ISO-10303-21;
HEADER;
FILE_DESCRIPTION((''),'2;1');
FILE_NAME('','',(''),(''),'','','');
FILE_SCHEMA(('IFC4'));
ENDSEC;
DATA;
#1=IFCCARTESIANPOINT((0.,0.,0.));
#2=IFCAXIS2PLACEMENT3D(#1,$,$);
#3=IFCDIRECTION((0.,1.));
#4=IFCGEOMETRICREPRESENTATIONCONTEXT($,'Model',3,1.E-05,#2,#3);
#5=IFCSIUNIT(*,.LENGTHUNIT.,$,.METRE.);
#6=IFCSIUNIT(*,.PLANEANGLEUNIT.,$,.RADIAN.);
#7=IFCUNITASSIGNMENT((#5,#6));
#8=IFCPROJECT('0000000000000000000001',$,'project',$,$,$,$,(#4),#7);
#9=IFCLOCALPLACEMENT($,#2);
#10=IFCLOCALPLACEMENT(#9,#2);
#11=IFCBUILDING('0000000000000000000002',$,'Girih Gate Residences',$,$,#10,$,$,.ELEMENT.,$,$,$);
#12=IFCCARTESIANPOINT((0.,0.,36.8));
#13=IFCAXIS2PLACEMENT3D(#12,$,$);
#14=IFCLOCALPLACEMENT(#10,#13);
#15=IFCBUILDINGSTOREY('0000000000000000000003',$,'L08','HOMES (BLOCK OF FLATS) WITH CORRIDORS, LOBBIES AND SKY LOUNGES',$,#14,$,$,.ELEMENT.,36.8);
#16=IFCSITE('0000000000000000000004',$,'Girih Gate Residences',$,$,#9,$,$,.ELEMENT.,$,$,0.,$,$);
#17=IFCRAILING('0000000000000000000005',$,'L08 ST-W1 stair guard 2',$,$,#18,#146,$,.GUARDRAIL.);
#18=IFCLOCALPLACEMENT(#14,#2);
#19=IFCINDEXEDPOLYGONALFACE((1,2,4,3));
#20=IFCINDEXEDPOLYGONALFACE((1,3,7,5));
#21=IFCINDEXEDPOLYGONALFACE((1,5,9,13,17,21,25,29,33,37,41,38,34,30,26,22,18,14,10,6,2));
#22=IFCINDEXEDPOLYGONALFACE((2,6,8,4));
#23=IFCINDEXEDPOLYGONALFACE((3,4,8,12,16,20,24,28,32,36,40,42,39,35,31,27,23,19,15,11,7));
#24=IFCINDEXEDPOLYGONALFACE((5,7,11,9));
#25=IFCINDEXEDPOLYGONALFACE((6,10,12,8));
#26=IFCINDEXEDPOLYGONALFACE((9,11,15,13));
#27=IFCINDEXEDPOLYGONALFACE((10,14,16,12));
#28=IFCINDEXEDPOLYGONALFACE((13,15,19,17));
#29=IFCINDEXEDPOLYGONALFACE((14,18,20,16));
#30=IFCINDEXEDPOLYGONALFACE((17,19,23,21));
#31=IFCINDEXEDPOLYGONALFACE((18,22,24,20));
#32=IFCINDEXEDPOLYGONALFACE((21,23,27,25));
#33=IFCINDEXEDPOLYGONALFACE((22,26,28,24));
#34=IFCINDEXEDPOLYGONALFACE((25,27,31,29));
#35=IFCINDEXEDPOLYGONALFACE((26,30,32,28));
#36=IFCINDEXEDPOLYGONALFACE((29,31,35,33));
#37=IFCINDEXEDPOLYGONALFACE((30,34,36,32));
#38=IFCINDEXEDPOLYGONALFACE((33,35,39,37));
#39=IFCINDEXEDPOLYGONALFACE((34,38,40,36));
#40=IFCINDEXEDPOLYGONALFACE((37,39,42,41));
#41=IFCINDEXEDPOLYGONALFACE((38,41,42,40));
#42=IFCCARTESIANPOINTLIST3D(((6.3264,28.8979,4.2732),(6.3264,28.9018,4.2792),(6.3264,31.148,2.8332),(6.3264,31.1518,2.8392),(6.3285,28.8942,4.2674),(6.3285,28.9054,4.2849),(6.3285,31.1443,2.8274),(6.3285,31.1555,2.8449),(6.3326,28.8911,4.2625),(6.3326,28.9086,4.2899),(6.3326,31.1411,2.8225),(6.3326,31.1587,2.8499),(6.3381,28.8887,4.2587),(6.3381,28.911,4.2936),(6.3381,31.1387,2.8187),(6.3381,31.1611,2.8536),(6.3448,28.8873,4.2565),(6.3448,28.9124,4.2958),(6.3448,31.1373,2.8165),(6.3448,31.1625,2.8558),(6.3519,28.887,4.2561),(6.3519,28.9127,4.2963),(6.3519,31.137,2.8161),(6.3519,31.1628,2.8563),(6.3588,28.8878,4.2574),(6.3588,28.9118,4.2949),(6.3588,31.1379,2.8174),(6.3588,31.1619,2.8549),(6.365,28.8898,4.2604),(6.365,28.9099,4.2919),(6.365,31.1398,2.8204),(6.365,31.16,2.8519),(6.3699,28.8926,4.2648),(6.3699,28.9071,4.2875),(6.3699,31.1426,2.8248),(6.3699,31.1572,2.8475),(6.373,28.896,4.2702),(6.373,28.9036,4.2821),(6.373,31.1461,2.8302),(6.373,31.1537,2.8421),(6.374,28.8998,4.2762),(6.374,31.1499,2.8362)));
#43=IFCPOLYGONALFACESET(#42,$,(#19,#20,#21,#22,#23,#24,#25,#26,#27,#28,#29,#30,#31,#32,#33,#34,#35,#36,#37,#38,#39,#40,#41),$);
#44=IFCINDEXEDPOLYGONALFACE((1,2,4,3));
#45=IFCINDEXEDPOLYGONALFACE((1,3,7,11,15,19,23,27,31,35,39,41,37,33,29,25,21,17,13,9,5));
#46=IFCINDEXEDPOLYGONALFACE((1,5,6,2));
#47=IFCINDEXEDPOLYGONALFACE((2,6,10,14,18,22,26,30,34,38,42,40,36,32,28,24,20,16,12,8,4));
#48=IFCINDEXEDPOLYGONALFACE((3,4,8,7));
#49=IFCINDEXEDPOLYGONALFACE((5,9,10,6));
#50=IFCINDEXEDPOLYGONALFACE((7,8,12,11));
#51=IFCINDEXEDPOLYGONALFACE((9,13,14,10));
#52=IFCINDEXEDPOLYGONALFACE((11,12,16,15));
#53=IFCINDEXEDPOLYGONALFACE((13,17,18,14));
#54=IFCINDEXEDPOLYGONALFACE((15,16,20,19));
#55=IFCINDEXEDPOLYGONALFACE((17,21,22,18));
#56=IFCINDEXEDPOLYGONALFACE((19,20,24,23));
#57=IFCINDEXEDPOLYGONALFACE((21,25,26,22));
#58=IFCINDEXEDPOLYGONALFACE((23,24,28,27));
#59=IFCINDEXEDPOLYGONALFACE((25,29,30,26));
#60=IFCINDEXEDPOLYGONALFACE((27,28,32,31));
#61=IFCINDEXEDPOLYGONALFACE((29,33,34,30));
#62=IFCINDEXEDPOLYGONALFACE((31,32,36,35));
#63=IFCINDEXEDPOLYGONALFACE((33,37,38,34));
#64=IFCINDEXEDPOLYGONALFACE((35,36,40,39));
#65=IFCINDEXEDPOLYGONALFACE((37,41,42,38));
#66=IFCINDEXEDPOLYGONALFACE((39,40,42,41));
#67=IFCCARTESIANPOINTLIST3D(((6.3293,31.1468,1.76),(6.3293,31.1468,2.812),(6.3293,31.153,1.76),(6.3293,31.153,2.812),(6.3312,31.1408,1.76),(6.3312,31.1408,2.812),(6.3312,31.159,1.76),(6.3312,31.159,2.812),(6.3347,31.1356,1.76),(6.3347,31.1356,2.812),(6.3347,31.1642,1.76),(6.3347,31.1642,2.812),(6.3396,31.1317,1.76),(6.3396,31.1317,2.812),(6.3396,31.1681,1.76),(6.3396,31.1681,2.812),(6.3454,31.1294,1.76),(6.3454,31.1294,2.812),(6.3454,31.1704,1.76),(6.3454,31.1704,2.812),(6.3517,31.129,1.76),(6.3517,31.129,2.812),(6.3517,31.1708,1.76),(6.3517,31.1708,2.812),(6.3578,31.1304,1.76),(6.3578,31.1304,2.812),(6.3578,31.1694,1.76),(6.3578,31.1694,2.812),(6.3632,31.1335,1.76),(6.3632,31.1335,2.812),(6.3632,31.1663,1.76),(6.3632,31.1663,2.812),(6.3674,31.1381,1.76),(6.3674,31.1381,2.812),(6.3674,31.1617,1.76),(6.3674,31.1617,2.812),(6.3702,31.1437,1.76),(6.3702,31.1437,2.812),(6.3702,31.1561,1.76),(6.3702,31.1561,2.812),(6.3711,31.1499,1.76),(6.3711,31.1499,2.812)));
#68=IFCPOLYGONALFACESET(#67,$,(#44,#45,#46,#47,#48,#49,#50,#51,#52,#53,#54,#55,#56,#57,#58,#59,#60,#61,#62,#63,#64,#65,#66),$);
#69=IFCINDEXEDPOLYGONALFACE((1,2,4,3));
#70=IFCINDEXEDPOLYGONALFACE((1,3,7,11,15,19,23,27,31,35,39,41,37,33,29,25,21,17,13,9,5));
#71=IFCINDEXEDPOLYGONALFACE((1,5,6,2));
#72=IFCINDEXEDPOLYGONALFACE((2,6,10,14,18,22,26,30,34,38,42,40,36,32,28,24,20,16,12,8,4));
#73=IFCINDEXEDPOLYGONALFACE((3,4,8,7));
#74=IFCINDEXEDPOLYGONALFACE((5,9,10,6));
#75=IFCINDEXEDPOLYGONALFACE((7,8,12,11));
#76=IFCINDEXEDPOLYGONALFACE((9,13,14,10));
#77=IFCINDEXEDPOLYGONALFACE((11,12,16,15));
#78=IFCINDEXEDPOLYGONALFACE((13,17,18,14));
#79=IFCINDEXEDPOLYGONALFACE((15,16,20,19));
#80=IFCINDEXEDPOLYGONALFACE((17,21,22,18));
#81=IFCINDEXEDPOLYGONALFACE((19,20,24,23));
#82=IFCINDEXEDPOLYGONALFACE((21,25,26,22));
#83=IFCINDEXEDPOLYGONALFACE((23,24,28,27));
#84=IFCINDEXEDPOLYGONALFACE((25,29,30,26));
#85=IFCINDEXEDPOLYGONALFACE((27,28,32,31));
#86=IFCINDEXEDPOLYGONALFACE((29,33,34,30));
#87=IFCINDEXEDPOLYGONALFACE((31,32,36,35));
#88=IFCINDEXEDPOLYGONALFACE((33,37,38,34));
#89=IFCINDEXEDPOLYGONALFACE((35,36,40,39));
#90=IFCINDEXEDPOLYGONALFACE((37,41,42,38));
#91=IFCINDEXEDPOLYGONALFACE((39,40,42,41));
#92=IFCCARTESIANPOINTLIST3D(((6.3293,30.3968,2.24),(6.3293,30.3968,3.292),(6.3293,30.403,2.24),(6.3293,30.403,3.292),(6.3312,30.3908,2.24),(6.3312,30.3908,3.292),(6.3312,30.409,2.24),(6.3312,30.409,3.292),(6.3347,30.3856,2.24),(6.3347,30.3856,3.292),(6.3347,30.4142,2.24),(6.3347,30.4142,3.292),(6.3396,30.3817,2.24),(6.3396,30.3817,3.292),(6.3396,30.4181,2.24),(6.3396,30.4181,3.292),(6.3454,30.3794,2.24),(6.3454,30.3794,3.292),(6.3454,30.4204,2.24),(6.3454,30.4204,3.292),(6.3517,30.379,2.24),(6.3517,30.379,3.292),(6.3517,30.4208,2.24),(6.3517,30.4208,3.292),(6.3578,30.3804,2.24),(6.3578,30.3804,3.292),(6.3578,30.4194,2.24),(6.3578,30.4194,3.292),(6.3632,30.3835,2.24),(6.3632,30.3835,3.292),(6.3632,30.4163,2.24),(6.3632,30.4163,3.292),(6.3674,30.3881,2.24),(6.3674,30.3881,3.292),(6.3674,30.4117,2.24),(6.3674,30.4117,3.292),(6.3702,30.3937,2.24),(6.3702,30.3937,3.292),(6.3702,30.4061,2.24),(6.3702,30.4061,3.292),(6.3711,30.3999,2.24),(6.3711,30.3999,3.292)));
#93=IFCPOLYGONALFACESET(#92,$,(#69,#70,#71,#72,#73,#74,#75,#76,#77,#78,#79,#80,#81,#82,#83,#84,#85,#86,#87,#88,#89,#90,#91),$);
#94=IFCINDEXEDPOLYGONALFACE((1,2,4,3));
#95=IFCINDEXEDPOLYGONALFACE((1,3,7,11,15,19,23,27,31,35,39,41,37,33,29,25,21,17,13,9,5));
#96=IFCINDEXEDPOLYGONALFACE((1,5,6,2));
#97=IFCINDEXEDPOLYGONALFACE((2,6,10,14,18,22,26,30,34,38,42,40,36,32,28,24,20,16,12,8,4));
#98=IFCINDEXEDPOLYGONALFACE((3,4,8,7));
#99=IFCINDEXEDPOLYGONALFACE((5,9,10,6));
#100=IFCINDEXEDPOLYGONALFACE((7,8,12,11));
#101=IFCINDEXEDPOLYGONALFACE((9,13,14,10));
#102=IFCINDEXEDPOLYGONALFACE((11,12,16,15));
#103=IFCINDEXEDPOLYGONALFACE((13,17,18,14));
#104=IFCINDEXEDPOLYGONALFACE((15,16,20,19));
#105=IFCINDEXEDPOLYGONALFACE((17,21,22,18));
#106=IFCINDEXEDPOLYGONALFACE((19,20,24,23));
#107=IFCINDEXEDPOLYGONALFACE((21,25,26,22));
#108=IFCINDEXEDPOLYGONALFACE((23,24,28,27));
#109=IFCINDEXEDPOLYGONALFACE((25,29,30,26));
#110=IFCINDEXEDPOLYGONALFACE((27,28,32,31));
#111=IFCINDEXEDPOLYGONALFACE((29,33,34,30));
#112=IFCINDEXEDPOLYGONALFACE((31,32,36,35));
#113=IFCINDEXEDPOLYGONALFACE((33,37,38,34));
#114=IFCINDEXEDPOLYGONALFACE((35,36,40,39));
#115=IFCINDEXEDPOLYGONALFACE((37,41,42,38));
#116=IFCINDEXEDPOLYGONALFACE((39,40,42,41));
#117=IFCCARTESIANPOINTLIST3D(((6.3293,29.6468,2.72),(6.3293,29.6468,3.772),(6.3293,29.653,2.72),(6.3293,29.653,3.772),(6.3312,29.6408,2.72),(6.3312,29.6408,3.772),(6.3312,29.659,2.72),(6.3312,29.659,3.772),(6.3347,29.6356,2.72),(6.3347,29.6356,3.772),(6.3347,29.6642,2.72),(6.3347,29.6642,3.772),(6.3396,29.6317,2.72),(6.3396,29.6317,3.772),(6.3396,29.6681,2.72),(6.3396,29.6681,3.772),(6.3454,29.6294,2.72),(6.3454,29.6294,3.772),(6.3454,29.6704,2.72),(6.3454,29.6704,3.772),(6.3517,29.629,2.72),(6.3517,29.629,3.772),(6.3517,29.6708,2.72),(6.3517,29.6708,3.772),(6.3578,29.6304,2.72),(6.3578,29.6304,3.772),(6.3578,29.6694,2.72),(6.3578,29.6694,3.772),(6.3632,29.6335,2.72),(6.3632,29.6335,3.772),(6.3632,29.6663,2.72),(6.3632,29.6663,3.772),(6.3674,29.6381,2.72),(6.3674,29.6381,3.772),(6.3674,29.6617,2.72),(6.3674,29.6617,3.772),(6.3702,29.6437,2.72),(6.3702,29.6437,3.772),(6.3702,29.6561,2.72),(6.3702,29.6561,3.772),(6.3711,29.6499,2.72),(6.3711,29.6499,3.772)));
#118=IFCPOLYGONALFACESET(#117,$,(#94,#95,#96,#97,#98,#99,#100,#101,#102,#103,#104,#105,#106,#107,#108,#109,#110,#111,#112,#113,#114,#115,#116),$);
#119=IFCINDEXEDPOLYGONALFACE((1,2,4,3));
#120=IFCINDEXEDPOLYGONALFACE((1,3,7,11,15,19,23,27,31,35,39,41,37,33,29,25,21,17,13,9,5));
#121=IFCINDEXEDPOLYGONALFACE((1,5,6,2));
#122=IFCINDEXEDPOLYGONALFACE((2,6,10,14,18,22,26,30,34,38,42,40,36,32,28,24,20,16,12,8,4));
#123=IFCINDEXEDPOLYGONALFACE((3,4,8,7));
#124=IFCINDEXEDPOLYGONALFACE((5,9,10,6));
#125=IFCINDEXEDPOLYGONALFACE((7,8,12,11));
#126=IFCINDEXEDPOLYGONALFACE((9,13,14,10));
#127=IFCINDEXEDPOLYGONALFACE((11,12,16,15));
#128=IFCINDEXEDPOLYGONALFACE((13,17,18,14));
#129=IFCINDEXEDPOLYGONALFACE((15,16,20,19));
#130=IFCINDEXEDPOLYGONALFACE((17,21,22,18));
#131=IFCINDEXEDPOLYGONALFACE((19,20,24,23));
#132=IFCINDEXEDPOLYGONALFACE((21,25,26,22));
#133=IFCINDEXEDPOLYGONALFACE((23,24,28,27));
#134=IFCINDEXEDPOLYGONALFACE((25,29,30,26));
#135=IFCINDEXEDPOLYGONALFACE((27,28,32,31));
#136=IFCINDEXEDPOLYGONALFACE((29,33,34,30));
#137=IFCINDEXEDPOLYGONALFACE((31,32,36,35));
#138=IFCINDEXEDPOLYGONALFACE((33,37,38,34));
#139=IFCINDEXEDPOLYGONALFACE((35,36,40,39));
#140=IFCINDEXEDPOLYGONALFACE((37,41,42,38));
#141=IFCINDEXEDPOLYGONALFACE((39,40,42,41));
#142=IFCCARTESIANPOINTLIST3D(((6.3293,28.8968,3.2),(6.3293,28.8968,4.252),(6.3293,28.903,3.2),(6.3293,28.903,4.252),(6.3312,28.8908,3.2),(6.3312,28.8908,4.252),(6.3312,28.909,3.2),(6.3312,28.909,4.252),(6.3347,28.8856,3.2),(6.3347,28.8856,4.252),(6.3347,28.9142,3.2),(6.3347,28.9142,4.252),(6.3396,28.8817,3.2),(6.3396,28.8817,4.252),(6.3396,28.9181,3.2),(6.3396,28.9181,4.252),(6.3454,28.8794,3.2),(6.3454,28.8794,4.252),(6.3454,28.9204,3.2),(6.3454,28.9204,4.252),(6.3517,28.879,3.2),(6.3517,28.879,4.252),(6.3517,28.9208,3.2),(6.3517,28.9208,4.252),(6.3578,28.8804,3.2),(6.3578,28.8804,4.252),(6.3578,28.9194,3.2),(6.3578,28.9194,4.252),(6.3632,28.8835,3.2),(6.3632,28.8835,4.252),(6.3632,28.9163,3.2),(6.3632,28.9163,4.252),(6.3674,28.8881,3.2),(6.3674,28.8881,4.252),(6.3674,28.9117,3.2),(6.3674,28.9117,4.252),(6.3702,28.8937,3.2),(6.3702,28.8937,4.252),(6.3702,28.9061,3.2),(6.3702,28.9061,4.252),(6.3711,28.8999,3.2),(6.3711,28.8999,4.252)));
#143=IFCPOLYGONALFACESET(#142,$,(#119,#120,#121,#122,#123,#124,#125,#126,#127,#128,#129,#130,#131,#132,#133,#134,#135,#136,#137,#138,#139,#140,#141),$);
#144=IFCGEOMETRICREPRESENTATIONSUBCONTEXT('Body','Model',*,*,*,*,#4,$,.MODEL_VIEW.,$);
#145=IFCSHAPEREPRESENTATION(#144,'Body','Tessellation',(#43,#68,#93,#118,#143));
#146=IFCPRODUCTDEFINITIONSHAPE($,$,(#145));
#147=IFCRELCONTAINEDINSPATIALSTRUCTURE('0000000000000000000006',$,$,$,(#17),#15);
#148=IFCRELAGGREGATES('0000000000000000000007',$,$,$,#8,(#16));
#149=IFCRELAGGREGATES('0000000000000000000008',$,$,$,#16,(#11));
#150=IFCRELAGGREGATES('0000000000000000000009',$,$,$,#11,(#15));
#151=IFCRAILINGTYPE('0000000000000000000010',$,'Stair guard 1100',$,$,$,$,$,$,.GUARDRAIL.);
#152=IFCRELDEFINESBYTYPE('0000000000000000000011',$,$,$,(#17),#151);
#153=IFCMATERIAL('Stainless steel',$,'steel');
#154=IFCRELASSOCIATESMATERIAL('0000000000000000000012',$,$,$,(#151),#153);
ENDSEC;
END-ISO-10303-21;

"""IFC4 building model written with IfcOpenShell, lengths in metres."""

from ifc_helpers import new_model, si_unit, direction, frame, origin, origin_2d, place, context, subcontext, project, spatial, circle, extrude, material, type_object, element, save


model = new_model("IFC4")

# Units and contexts
model_context = context("Model", 3, precision=1e-05, world=origin(), true_north=direction((0.0, 1.0)))
body_context = subcontext(model_context, "Body", "Model", "MODEL_VIEW")
ifc_project = project(units=[si_unit("LENGTHUNIT", "METRE"), si_unit("PLANEANGLEUNIT", "RADIAN")], contexts=[model_context])

# Site, building, storey
site_placement = place(None, origin())
site = spatial("IfcSite", under=ifc_project, at=site_placement, Name="Girih Gate Residences", CompositionType="ELEMENT", RefElevation=0.0)
building_placement = place(site_placement, origin())
building = spatial("IfcBuilding", under=site, at=building_placement, Name="Girih Gate Residences", CompositionType="ELEMENT")
storey_placement = place(building_placement, frame((0.0, 0.0, 36.8)))
storey = spatial("IfcBuildingStorey", under=building, at=storey_placement, Name="L08", Description="HOMES (BLOCK OF FLATS) WITH CORRIDORS, LOBBIES AND SKY LOUNGES", CompositionType="ELEMENT", Elevation=36.8)

# Shared definitions
ifc_material_1 = material(Name="Stainless steel", Category="steel")

# Railing
railing_type = type_object("IfcRailingType", Name="Stair guard 1100", PredefinedType="GUARDRAIL", material=ifc_material_1)
railing_placement = place(storey_placement, frame((6.3501, 31.1499, 1.76)))
element("IfcRailing", 1, at=railing_placement, inside=storey, type_object=railing_type, Name="L08 ST-W1 stair guard 2", PredefinedType="GUARDRAIL", context=body_context, shape_type="SweptSolid", body=[
    extrude(circle(Radius=0.0239, at=origin_2d()), frame((0.0, 0.0, 1.0762), z_axis=(0.0, -0.842281, 0.539038), x_axis=(1.0, 0.0, 0.0)), (0.0, 0.0, 1.0), 2.6714),
    extrude(circle(Radius=0.021, at=origin_2d()), origin(), (0.0, 0.0, 1.0), 1.052),
    extrude(circle(Radius=0.021, at=origin_2d()), frame((0.0, -0.75, 0.48)), (0.0, 0.0, 1.0), 1.052),
    extrude(circle(Radius=0.021, at=origin_2d()), frame((0.0, -1.5, 0.96)), (0.0, 0.0, 1.0), 1.052),
    extrude(circle(Radius=0.021, at=origin_2d()), frame((0.0, -2.25, 1.4399)), (0.0, 0.0, 1.0), 1.052),
])

save(model, "model.ifc")
